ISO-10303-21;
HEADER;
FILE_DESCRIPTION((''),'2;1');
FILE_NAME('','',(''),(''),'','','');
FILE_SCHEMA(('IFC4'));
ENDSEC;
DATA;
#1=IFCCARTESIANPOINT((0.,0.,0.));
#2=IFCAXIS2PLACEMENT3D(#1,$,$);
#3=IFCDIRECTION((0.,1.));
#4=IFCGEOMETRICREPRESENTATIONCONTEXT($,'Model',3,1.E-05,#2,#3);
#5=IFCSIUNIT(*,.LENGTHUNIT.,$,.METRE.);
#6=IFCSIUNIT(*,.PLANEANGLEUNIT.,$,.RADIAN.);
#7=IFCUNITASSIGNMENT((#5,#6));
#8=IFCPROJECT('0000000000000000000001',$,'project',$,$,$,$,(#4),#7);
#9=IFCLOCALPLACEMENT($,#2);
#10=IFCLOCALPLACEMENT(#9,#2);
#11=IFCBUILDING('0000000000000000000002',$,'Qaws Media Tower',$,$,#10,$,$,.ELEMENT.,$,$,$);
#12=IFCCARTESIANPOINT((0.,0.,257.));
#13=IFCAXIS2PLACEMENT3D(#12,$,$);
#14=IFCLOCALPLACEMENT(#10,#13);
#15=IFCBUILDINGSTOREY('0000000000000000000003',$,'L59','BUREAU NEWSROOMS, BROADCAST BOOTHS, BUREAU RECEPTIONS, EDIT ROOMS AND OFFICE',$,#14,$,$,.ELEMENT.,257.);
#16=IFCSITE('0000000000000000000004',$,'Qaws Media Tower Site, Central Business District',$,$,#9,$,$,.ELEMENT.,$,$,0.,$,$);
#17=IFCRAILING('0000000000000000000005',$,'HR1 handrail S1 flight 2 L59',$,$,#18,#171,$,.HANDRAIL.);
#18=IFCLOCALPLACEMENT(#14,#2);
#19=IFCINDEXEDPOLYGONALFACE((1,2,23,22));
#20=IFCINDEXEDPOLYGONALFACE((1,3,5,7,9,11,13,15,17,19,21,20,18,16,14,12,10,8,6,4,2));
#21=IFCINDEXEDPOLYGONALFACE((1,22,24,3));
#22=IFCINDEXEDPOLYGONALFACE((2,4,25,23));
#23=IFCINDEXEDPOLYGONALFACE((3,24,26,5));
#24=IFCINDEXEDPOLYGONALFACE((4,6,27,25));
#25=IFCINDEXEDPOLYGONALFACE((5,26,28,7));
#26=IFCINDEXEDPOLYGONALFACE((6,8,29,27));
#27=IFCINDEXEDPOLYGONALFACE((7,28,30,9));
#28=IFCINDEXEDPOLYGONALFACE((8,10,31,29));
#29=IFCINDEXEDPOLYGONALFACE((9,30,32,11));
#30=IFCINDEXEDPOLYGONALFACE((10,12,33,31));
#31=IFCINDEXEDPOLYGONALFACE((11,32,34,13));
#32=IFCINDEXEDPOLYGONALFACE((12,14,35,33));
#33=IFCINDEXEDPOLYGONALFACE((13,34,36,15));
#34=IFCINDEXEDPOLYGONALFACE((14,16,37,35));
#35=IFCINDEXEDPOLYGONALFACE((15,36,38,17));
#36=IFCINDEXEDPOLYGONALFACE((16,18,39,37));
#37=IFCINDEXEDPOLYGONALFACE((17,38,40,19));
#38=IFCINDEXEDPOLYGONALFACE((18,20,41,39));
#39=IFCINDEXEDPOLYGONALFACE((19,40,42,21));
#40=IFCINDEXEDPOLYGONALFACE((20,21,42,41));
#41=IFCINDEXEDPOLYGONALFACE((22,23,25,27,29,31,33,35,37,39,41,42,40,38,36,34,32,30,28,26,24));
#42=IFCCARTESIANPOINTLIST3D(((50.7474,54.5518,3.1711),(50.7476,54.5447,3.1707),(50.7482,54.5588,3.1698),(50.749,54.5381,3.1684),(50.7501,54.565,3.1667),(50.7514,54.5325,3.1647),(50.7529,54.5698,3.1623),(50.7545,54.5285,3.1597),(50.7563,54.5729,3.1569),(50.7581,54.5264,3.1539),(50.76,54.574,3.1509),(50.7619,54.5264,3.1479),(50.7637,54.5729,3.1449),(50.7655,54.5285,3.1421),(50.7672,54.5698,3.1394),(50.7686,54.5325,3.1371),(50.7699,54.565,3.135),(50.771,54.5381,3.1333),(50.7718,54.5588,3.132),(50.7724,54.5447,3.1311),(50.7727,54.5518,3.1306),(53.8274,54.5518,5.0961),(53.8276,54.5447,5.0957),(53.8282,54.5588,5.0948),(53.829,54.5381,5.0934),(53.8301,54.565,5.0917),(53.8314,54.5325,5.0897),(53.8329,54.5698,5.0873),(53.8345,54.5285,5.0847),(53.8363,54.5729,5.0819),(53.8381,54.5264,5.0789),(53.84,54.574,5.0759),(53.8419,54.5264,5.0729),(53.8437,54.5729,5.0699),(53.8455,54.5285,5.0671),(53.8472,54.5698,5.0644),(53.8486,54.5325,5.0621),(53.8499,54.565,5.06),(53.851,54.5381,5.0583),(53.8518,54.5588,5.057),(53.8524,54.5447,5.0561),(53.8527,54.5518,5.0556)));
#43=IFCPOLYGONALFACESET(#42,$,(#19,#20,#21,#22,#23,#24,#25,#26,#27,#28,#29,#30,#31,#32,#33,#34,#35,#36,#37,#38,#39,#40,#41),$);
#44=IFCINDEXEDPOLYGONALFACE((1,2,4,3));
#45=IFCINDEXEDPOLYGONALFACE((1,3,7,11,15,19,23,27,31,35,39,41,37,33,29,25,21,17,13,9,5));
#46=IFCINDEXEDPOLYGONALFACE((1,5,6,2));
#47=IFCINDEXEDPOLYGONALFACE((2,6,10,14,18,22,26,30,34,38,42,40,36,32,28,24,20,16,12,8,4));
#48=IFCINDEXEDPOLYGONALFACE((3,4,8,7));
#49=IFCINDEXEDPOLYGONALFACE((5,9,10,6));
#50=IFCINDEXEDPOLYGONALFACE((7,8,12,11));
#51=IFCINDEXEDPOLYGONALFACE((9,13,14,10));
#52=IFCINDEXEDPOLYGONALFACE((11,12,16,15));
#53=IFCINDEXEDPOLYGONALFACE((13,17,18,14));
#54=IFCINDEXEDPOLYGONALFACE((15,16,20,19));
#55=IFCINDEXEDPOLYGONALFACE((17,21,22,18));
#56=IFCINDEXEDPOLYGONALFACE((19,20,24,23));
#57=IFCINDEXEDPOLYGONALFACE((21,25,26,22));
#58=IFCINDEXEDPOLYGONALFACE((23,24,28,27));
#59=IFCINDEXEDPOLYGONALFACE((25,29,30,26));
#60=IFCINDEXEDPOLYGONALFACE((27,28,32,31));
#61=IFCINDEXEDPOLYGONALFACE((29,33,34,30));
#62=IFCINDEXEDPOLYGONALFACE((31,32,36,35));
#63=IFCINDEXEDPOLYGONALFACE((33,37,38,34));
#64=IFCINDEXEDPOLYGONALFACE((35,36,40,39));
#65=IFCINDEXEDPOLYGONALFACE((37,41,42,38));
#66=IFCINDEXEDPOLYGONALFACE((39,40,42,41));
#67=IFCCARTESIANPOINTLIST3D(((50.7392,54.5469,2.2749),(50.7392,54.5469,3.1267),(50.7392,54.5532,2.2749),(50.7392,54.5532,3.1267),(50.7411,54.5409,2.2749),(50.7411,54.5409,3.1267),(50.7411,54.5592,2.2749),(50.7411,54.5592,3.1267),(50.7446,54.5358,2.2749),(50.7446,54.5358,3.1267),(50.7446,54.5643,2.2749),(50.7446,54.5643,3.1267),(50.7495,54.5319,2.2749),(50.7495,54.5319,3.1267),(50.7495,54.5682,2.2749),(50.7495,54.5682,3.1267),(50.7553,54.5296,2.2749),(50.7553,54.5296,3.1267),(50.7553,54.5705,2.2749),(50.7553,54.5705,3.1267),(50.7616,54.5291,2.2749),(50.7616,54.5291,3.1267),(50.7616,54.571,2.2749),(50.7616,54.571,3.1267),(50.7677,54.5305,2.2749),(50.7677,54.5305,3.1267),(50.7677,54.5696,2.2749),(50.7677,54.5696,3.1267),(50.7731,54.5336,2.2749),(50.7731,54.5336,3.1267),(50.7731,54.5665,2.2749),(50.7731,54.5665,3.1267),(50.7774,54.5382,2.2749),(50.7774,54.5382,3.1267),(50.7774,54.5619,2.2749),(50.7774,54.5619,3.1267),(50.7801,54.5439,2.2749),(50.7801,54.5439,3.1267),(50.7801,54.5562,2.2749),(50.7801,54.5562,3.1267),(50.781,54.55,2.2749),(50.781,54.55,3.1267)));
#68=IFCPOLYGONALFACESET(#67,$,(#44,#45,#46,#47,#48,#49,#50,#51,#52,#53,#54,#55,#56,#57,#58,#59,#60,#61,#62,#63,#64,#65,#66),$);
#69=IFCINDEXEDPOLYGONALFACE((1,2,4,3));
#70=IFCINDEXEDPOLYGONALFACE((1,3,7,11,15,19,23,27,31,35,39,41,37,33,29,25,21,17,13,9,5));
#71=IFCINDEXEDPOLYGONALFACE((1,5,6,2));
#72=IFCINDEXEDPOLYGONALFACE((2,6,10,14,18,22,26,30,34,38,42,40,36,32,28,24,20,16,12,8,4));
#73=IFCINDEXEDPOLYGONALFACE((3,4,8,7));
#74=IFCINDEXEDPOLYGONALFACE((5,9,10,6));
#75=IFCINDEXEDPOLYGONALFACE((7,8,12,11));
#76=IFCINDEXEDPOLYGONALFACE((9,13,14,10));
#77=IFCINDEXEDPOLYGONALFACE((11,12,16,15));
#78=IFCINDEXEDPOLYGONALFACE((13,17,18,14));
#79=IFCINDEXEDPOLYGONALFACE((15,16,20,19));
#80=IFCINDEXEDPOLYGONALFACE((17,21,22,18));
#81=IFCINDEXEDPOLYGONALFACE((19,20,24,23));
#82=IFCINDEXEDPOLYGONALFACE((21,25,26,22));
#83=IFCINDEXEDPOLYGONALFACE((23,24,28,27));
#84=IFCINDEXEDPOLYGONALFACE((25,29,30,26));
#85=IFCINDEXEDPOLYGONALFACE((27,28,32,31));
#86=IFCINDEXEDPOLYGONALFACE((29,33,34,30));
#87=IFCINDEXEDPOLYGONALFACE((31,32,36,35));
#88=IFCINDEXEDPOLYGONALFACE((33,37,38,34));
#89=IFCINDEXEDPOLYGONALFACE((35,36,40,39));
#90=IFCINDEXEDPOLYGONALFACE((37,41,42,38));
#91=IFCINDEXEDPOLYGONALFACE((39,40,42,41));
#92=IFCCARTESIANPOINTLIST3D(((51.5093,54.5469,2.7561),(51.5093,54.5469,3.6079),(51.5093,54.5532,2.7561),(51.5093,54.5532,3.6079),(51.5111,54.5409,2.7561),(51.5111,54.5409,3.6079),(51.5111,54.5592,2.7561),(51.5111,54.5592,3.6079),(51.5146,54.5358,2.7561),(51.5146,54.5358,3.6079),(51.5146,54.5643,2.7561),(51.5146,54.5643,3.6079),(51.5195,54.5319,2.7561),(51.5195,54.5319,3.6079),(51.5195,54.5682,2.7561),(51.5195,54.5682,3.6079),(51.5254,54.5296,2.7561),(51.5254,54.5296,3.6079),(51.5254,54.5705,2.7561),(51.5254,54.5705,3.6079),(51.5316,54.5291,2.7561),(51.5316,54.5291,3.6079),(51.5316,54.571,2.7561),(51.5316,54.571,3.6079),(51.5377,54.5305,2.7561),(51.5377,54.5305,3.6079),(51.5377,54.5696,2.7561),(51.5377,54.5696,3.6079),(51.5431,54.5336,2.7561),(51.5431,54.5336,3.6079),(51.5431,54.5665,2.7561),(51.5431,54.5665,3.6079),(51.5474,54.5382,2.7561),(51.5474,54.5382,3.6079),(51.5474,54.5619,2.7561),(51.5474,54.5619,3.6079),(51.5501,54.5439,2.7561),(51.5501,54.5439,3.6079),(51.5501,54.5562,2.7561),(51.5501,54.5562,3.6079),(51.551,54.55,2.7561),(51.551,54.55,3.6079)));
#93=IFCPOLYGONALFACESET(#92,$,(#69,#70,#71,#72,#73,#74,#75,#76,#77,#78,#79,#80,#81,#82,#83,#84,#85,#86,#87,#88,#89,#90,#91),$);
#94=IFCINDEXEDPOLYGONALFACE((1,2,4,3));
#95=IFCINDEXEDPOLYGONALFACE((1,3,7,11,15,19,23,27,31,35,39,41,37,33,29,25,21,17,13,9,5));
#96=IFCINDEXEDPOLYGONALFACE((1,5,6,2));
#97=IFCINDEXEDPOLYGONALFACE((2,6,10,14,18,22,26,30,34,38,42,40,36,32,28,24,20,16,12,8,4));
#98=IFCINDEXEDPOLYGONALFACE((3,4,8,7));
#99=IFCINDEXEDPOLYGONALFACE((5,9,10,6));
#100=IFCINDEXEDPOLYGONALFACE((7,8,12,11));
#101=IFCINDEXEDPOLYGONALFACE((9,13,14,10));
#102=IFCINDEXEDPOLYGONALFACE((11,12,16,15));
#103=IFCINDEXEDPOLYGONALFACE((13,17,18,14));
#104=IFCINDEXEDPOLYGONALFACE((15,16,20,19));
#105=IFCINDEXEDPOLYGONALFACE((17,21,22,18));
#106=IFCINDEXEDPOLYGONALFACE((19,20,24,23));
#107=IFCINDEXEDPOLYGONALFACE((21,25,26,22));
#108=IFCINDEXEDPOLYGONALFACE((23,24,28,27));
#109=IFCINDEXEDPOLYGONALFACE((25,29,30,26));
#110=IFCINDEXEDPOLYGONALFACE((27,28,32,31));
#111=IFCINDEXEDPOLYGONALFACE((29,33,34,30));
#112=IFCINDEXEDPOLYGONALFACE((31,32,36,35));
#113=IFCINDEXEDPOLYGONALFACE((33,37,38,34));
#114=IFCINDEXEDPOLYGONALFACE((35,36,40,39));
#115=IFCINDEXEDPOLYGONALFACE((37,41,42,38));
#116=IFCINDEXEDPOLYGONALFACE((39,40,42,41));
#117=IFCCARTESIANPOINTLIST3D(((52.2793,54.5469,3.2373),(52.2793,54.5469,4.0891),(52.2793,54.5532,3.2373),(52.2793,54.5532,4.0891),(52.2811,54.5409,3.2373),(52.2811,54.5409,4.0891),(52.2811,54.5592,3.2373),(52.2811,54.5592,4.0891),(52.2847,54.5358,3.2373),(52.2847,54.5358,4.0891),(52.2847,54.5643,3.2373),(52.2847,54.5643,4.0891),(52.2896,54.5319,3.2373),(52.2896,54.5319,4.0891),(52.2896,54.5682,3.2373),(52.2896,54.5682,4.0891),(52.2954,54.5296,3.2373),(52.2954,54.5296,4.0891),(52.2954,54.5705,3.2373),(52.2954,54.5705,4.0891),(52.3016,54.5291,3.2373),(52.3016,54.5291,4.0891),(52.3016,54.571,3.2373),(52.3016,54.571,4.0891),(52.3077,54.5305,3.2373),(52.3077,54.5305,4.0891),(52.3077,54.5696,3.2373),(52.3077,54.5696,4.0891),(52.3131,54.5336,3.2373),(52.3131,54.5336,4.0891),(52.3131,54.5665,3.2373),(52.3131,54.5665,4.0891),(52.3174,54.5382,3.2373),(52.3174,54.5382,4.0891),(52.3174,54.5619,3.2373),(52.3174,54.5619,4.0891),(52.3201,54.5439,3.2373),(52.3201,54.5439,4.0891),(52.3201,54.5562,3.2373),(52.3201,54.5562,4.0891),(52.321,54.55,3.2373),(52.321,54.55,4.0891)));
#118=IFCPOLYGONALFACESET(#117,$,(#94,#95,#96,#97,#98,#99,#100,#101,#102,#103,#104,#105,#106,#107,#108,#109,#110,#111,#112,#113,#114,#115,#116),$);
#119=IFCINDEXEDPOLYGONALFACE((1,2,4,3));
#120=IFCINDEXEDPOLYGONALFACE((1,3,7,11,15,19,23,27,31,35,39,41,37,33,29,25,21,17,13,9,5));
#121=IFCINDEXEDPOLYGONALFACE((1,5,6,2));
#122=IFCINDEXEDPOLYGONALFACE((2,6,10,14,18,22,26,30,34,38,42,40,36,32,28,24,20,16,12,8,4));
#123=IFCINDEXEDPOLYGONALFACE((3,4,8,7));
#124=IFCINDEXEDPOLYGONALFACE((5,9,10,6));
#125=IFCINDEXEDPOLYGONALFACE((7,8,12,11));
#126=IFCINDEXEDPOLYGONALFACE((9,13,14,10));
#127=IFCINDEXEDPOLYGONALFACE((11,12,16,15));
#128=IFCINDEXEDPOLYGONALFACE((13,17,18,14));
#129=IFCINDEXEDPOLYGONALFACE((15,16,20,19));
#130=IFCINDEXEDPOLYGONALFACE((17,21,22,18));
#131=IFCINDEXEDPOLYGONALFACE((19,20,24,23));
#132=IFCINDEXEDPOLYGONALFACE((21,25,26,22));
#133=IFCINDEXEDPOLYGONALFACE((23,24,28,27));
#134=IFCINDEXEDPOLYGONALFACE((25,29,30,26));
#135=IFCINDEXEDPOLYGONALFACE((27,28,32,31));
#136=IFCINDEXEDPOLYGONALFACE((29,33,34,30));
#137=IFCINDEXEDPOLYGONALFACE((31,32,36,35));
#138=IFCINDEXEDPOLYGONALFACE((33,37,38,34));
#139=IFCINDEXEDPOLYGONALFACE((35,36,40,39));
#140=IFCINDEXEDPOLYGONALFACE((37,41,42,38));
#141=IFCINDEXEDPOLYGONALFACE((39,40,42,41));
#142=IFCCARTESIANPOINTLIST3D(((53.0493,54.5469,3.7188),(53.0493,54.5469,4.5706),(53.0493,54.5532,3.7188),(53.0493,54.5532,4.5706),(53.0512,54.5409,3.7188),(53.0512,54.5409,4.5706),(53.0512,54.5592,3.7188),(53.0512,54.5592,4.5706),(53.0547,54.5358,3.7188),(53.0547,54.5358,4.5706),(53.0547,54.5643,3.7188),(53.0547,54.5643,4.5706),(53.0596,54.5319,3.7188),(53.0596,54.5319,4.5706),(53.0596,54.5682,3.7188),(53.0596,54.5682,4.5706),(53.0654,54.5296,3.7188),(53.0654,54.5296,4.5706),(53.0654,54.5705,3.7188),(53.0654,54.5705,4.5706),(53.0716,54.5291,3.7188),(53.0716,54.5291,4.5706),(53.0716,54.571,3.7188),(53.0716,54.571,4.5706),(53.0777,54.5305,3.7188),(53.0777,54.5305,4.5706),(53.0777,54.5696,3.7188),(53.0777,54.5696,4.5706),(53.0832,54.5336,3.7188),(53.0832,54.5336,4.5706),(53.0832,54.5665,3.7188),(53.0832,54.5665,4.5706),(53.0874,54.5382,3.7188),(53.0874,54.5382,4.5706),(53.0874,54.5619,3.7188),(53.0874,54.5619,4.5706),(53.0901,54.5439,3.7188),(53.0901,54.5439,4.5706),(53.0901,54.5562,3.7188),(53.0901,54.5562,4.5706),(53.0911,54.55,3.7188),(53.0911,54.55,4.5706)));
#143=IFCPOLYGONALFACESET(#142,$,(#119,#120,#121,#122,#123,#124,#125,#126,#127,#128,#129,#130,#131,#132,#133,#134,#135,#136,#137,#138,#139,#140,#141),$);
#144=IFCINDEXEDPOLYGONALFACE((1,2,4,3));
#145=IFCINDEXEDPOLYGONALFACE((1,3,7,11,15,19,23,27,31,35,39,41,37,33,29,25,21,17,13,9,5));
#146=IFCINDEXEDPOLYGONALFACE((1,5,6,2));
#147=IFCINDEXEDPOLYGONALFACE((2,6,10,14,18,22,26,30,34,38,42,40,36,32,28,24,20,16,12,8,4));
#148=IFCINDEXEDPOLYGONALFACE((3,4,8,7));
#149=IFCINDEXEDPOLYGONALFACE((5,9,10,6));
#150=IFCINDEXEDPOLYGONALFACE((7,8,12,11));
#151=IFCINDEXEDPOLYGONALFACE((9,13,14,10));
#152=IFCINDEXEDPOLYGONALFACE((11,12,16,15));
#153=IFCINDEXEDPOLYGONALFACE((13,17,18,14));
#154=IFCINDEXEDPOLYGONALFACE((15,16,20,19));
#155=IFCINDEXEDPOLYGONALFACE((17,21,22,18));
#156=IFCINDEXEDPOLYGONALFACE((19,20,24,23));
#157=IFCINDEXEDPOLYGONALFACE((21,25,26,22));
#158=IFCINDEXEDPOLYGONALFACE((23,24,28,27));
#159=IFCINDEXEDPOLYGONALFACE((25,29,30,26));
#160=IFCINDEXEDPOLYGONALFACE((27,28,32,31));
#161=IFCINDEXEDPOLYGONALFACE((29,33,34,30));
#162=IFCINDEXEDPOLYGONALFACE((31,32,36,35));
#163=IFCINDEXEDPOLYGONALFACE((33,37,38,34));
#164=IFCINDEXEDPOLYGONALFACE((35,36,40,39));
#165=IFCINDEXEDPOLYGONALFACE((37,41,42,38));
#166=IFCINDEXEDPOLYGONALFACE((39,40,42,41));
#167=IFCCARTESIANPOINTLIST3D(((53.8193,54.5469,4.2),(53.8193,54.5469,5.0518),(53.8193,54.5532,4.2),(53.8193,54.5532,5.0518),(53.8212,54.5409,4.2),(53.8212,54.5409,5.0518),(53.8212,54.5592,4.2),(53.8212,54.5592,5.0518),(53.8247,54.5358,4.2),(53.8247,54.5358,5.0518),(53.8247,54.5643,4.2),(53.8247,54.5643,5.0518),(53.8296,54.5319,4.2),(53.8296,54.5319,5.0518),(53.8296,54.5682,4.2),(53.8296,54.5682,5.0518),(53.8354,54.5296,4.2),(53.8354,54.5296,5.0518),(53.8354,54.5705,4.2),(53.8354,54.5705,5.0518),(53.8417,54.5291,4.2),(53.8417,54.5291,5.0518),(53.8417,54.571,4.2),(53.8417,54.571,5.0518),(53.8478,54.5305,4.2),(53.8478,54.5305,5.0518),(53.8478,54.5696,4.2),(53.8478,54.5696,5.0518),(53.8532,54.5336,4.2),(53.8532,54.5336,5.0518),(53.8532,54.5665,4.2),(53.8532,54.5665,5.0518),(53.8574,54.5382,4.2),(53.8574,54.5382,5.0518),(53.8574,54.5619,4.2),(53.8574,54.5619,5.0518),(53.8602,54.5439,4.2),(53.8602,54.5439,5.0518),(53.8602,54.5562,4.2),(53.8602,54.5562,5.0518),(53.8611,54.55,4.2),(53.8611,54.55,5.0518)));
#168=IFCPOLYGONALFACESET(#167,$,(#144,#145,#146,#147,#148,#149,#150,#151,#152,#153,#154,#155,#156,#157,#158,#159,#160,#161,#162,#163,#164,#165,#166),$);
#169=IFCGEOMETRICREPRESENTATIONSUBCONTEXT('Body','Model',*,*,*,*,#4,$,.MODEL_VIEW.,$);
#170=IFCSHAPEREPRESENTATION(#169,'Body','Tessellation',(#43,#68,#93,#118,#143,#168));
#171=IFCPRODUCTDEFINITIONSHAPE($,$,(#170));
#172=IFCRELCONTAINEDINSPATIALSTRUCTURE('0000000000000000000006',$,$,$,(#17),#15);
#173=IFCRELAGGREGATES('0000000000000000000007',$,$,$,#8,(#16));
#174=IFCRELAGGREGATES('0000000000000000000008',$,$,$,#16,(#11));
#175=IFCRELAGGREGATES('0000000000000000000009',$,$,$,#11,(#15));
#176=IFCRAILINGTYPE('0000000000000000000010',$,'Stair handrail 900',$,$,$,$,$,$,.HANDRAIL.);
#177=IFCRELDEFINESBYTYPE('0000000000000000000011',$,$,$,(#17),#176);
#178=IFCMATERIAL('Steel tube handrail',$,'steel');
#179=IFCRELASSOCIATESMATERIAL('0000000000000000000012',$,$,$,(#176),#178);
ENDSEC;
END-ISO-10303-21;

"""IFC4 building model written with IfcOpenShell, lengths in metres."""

from ifc_helpers import new_model, si_unit, direction, frame, origin, origin_2d, place, context, subcontext, project, spatial, circle, extrude, material, type_object, element, save


model = new_model("IFC4")

# Units and contexts
model_context = context("Model", 3, precision=1e-05, world=origin(), true_north=direction((0.0, 1.0)))
body_context = subcontext(model_context, "Body", "Model", "MODEL_VIEW")
ifc_project = project(units=[si_unit("LENGTHUNIT", "METRE"), si_unit("PLANEANGLEUNIT", "RADIAN")], contexts=[model_context])

# Site, building, storey
site_placement = place(None, origin())
site = spatial("IfcSite", under=ifc_project, at=site_placement, Name="Qaws Media Tower Site, Central Business District", CompositionType="ELEMENT", RefElevation=0.0)
building_placement = place(site_placement, origin())
building = spatial("IfcBuilding", under=site, at=building_placement, Name="Qaws Media Tower", CompositionType="ELEMENT")
storey_placement = place(building_placement, frame((0.0, 0.0, 257.0)))
storey = spatial("IfcBuildingStorey", under=building, at=storey_placement, Name="L59", Description="BUREAU NEWSROOMS, BROADCAST BOOTHS, BUREAU RECEPTIONS, EDIT ROOMS AND OFFICE", CompositionType="ELEMENT", Elevation=257.0)

# Railing
ifc_material_1 = material(Name="Steel tube handrail", Category="steel")
railing_type = type_object("IfcRailingType", Name="Stair handrail 900", PredefinedType="HANDRAIL", material=ifc_material_1)
for number, where, name in (
    (1, (50.76, 54.55, 2.2749), "HR1 handrail S1 flight 2 L59"),
):
    element("IfcRailing", number, at=place(storey_placement, frame(where)), inside=storey, type_object=railing_type, Name=name, PredefinedType="HANDRAIL", context=body_context, shape_type="SweptSolid", body=[
        extrude(circle(Radius=0.0239, at=origin_2d()), frame((0.0, 0.0, 0.876), z_axis=(0.847998, 0.0, 0.529999), x_axis=(0.0, 1.0, 0.0)), (0.0, 0.0, 1.0), 3.6321),
        extrude(circle(Radius=0.021, at=origin_2d()), origin(), (0.0, 0.0, 1.0), 0.8518),
        extrude(circle(Radius=0.021, at=origin_2d()), frame((0.77, 0.0, 0.4812)), (0.0, 0.0, 1.0), 0.8518),
        extrude(circle(Radius=0.021, at=origin_2d()), frame((1.54, 0.0, 0.9624)), (0.0, 0.0, 1.0), 0.8518),
        extrude(circle(Radius=0.021, at=origin_2d()), frame((2.3101, 0.0, 1.4438)), (0.0, 0.0, 1.0), 0.8518),
        extrude(circle(Radius=0.021, at=origin_2d()), frame((3.0801, 0.0, 1.925)), (0.0, 0.0, 1.0), 0.8518),
    ])

save(model, "model.ifc")
